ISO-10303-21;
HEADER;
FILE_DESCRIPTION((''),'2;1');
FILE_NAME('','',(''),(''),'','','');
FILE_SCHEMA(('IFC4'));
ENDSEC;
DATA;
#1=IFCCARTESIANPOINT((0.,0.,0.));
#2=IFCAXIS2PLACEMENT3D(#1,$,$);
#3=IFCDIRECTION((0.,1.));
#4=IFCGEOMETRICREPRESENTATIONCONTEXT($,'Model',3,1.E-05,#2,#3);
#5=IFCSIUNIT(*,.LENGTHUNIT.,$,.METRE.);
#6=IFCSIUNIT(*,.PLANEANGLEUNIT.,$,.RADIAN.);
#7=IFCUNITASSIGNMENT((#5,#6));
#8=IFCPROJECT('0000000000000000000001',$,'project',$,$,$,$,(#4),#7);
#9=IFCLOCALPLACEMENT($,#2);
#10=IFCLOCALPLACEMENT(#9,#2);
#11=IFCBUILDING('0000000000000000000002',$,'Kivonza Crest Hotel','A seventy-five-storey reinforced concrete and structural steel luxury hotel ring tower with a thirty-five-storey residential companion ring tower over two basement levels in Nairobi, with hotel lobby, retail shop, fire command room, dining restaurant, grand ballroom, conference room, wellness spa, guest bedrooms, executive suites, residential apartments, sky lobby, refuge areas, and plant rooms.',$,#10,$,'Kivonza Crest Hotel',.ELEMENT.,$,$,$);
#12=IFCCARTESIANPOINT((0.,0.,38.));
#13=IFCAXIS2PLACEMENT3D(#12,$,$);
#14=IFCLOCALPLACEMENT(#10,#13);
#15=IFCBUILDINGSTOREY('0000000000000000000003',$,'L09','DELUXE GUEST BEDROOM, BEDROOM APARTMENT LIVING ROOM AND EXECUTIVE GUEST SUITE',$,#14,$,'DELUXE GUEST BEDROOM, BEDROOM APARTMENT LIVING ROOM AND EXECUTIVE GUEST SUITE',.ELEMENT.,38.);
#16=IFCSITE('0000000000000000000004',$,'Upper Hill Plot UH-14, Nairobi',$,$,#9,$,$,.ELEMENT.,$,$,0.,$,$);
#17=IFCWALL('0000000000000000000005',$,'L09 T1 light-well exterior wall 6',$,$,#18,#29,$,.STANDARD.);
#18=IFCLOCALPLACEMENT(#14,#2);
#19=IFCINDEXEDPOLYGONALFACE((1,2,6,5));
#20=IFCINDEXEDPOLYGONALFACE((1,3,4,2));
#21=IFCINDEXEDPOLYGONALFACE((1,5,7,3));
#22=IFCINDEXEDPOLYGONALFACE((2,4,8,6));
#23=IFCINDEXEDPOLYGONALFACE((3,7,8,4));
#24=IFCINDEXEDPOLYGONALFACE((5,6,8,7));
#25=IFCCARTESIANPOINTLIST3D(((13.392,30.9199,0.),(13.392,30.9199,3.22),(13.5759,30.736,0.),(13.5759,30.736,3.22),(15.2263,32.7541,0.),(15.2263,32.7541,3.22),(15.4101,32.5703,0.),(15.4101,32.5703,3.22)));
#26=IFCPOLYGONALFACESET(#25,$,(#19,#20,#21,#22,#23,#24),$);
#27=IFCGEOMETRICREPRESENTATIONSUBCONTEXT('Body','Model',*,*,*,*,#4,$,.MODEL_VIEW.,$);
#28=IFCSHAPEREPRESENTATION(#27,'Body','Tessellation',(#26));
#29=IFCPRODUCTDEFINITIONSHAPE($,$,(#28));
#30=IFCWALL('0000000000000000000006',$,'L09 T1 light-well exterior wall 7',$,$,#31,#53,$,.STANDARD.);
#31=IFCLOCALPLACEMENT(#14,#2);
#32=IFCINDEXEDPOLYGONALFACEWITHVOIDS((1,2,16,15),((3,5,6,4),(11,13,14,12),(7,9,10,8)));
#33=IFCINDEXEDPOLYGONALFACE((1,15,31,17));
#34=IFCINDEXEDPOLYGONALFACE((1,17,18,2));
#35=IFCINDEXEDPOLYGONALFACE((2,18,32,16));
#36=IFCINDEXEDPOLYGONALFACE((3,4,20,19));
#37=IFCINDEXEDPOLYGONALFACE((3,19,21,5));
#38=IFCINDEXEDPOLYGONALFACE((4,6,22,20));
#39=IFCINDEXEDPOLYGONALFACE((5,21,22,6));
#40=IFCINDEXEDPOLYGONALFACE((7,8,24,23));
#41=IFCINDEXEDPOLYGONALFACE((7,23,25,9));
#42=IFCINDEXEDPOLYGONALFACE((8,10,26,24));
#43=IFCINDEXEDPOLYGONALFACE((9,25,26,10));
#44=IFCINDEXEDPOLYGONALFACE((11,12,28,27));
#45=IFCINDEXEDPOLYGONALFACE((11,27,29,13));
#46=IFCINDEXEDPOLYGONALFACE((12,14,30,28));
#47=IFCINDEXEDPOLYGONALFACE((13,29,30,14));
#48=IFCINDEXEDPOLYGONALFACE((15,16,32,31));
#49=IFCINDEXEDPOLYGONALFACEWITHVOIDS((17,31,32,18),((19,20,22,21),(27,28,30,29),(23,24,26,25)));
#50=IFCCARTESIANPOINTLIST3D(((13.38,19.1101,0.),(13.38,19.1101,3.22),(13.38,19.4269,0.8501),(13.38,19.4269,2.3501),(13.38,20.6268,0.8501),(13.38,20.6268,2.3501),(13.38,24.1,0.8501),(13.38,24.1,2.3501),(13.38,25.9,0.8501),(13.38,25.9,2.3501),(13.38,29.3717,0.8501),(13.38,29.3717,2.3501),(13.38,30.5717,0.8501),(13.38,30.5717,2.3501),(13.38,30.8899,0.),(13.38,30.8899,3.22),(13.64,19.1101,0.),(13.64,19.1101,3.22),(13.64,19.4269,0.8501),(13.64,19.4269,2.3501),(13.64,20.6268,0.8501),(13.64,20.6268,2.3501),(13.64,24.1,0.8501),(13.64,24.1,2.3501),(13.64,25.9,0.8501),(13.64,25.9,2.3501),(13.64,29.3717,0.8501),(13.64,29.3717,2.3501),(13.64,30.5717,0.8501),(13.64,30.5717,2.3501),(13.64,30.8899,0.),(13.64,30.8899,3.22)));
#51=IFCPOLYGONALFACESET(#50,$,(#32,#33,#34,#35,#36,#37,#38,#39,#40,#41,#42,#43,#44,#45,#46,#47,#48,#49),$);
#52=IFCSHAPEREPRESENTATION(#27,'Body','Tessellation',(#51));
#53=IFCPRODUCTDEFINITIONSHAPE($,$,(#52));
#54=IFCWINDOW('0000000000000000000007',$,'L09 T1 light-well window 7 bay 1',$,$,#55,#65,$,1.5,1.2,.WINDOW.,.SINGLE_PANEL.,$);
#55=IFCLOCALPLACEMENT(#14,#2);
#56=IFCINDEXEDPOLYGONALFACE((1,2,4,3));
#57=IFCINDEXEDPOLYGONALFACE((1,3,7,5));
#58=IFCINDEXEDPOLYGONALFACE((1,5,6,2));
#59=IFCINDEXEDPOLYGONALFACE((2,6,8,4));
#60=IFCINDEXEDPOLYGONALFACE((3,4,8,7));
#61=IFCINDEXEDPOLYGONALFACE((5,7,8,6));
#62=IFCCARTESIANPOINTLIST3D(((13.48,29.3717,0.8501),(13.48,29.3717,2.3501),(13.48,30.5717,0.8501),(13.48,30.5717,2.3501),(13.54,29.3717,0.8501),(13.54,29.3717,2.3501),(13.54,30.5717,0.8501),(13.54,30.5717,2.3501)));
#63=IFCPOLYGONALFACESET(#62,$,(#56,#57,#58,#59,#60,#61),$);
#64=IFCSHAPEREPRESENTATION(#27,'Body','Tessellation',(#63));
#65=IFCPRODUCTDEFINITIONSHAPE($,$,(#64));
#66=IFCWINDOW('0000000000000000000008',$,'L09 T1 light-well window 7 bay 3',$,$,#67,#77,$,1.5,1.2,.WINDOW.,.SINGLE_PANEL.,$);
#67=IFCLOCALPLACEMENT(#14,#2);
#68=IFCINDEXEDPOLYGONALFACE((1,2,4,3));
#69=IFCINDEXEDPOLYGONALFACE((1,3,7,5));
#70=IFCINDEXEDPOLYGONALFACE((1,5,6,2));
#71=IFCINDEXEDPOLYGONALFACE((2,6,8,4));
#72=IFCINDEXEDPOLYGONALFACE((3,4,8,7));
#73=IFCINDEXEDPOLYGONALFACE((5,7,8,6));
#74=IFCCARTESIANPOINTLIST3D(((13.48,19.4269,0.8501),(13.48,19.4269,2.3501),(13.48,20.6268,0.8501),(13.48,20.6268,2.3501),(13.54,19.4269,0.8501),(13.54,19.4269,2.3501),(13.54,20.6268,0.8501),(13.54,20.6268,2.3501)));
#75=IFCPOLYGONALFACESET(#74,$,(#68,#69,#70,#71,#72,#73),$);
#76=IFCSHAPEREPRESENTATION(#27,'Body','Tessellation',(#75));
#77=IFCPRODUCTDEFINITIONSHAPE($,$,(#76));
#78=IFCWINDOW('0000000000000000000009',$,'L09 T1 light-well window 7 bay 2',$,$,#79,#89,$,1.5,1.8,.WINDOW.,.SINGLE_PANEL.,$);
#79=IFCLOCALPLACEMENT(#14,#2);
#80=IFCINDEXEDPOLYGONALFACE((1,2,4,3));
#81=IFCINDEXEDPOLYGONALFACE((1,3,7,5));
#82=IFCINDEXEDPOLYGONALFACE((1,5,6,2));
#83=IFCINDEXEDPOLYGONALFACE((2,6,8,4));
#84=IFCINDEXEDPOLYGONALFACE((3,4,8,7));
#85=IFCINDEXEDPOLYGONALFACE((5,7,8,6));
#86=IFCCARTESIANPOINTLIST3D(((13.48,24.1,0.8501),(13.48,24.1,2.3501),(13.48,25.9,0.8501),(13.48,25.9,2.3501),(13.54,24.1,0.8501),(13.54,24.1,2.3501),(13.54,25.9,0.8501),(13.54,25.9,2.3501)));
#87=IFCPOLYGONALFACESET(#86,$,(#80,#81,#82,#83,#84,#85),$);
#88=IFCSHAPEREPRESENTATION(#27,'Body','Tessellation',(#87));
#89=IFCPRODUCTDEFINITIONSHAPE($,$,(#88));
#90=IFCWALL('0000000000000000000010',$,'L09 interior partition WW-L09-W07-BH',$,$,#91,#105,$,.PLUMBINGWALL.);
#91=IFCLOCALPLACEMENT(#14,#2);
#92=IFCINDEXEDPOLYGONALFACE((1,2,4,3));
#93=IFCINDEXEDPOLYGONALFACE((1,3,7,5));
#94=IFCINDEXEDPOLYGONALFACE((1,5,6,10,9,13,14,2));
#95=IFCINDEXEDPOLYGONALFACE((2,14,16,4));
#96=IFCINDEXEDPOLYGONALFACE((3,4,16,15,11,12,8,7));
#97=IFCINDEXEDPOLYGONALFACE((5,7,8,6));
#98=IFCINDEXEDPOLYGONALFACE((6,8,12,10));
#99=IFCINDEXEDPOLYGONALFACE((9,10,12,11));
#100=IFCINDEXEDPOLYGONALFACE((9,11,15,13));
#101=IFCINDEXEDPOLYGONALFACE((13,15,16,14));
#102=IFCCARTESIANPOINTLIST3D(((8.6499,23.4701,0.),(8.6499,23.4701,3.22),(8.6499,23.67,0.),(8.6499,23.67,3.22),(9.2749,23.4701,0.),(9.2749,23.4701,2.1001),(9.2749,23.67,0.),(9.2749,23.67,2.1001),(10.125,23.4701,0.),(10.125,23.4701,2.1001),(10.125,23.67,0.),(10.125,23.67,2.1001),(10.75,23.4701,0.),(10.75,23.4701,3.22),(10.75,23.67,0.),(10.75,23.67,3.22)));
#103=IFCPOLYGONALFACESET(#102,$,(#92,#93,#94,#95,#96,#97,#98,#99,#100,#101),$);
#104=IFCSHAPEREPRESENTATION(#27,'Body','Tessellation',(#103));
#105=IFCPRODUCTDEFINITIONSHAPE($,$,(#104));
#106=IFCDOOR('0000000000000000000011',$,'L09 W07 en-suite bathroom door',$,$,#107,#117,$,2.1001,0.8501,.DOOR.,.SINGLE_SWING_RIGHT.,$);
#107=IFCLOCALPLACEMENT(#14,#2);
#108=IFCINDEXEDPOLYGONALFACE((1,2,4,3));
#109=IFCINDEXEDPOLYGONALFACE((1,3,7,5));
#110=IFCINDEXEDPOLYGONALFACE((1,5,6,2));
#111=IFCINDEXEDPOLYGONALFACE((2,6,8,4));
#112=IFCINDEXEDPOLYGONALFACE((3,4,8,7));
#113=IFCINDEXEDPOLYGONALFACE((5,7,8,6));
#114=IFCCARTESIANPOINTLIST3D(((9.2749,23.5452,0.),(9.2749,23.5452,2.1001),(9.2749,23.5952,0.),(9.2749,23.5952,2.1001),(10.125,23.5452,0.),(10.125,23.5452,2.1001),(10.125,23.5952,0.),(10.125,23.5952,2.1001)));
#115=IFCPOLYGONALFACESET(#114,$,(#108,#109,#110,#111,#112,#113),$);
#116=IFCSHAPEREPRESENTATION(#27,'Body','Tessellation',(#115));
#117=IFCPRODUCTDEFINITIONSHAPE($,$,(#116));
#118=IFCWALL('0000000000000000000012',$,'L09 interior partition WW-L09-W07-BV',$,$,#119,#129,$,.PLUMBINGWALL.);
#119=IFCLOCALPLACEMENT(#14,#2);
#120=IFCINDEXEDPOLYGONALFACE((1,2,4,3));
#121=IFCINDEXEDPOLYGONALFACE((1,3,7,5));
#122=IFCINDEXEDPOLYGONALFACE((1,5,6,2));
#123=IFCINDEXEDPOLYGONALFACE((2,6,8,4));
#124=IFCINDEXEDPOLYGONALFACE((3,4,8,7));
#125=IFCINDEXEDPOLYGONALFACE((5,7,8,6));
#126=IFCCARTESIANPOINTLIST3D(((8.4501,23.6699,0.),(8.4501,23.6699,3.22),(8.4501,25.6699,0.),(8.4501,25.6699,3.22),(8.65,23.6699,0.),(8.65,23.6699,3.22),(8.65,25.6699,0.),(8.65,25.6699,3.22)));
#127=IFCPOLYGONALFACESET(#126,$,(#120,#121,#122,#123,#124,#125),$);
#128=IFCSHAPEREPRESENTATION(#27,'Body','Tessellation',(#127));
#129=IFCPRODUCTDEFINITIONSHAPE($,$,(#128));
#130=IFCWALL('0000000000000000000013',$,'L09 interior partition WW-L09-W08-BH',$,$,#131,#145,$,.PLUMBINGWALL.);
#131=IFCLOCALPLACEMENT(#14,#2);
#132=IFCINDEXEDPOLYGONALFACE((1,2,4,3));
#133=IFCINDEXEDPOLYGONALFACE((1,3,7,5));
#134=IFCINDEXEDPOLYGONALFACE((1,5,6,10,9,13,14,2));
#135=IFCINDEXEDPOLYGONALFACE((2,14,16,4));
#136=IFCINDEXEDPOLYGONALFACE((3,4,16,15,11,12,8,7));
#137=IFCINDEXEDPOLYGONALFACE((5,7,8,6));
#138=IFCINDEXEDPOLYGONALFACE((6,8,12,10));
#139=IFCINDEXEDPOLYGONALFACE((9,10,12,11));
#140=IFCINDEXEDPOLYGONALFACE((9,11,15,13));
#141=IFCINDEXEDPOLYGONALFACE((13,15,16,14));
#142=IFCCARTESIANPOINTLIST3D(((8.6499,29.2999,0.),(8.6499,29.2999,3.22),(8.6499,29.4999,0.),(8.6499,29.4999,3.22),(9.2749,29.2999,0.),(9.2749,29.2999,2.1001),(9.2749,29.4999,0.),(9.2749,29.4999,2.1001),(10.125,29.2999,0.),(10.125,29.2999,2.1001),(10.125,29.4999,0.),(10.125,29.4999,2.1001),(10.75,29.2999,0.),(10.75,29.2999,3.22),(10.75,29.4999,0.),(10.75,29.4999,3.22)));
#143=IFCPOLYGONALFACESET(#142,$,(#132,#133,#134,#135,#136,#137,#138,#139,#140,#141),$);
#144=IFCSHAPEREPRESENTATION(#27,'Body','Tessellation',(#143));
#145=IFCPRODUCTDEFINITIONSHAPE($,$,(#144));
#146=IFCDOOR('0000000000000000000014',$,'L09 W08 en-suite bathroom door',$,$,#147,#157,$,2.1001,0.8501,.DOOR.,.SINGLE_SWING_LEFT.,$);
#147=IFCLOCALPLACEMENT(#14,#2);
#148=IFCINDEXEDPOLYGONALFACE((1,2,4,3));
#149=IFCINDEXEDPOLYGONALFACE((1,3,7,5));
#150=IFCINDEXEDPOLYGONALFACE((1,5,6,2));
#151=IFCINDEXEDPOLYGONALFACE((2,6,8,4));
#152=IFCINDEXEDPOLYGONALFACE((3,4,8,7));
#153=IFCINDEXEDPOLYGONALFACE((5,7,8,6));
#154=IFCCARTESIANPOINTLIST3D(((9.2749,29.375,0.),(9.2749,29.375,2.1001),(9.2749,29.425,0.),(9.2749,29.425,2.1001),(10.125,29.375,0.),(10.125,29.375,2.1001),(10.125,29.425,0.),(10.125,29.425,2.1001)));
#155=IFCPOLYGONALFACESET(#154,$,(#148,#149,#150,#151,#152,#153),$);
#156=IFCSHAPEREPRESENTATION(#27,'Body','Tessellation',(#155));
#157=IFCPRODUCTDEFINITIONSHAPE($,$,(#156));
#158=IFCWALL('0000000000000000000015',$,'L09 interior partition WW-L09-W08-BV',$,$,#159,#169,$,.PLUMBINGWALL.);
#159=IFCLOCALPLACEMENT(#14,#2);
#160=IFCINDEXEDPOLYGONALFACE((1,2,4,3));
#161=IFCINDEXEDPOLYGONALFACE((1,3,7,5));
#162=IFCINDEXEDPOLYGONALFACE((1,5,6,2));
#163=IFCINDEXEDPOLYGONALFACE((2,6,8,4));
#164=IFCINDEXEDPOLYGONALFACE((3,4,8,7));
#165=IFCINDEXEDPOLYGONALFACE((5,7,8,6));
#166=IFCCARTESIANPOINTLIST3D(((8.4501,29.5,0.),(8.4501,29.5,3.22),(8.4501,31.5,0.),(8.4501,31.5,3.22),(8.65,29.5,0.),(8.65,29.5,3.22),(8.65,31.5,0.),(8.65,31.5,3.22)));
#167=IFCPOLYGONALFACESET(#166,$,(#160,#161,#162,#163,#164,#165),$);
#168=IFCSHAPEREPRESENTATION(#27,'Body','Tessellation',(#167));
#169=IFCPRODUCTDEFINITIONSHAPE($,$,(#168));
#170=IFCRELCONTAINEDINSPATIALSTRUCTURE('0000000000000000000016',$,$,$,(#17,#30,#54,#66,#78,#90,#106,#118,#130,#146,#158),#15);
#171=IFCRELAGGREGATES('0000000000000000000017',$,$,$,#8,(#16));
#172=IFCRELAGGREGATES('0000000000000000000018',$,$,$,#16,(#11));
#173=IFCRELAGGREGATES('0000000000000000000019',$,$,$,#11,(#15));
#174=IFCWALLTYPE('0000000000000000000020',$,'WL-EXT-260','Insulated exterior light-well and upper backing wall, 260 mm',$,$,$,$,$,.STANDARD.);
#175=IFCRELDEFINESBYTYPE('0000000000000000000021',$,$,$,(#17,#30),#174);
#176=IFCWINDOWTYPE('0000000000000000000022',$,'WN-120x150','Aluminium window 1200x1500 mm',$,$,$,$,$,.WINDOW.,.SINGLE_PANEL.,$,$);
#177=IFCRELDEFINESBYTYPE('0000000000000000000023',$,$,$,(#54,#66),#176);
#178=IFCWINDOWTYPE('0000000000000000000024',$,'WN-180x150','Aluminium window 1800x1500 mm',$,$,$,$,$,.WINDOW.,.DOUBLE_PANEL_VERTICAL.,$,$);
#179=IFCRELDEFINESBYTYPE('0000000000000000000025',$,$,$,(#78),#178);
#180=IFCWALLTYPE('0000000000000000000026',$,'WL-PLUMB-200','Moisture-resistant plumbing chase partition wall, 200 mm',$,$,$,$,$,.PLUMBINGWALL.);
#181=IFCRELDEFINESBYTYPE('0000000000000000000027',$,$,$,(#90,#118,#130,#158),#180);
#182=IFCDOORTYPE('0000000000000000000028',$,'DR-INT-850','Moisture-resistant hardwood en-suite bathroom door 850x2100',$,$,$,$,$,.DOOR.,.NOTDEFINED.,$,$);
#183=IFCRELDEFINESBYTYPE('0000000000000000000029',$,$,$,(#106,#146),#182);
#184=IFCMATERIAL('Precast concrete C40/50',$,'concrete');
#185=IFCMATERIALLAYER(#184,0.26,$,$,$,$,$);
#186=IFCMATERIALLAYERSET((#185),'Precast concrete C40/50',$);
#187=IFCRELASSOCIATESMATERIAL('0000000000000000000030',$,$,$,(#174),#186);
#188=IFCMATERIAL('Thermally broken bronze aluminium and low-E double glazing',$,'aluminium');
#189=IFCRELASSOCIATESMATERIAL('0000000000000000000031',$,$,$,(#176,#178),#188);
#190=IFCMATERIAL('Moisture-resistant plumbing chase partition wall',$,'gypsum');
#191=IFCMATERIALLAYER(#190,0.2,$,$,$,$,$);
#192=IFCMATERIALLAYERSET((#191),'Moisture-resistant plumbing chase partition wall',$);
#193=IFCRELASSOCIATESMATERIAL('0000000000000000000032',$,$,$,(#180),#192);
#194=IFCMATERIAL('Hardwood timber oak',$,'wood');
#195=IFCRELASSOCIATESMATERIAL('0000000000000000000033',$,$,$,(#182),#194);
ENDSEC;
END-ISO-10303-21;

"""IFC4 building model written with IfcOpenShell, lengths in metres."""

from ifc_helpers import new_model, si_unit, direction, frame, frame_2d, origin, place, context, subcontext, project, spatial, rectangle, extrude, material, layer, layer_set, type_object, element, fill, save


model = new_model("IFC4")

# Units and contexts
model_context = context("Model", 3, precision=1e-05, world=origin(), true_north=direction((0.0, 1.0)))
body_context = subcontext(model_context, "Body", "Model", "MODEL_VIEW")
ifc_project = project(units=[si_unit("LENGTHUNIT", "METRE"), si_unit("PLANEANGLEUNIT", "RADIAN")], contexts=[model_context])

# Site, building, storey
site_placement = place(None, origin())
site = spatial("IfcSite", under=ifc_project, at=site_placement, Name="Upper Hill Plot UH-14, Nairobi", CompositionType="ELEMENT", RefElevation=0.0)
building_placement = place(site_placement, origin())
building = spatial("IfcBuilding", under=site, at=building_placement, Name="Kivonza Crest Hotel", Description="A seventy-five-storey reinforced concrete and structural steel luxury hotel ring tower with a thirty-five-storey residential companion ring tower over two basement levels in Nairobi, with hotel lobby, retail shop, fire command room, dining restaurant, grand ballroom, conference room, wellness spa, guest bedrooms, executive suites, residential apartments, sky lobby, refuge areas, and plant rooms.", LongName="Kivonza Crest Hotel", CompositionType="ELEMENT")
storey_placement = place(building_placement, frame((0.0, 0.0, 38.0)))
storey = spatial("IfcBuildingStorey", under=building, at=storey_placement, Name="L09", Description="DELUXE GUEST BEDROOM, BEDROOM APARTMENT LIVING ROOM AND EXECUTIVE GUEST SUITE", LongName="DELUXE GUEST BEDROOM, BEDROOM APARTMENT LIVING ROOM AND EXECUTIVE GUEST SUITE", CompositionType="ELEMENT", Elevation=38.0)

# Shared definitions
ifc_material_1 = material(Name="Hardwood timber oak", Category="wood")

# Wall
ifc_material_2 = material(Name="Precast concrete C40/50", Category="concrete")
ifc_layer_1 = layer(ifc_material_2, 0.26)
ifc_layer_set_1 = layer_set([ifc_layer_1], Name="Precast concrete C40/50")
wall_type_1 = type_object("IfcWallType", Name="WL-EXT-260", Description="Insulated exterior light-well and upper backing wall, 260 mm", PredefinedType="STANDARD", material=ifc_layer_set_1)
wall_1_placement = place(storey_placement, frame((15.3181, 32.6621, 0.0), z_axis=(0.0, 0.0, 1.0), x_axis=(-0.707107, -0.707107, 0.0)))
element("IfcWall", 1, at=wall_1_placement, inside=storey, type_object=wall_type_1, Name="L09 T1 light-well exterior wall 6", PredefinedType="STANDARD", context=body_context, shape_type="SweptSolid", body=[
    extrude(rectangle(XDim=2.594, YDim=0.26, at=frame_2d((1.2969, 0.0))), origin(), (0.0, 0.0, 1.0), 3.22),
])

# Wall, openings, windows
wall_2_placement = place(storey_placement, frame((13.51, 30.8899, 0.0), z_axis=(0.0, 0.0, 1.0), x_axis=(0.0, -1.0, 0.0)))
wall_2 = element("IfcWall", 2, at=wall_2_placement, inside=storey, type_object=wall_type_1, Name="L09 T1 light-well exterior wall 7", PredefinedType="STANDARD", context=body_context, shape_type="SweptSolid", body=[
    extrude(rectangle(XDim=11.7798, YDim=0.26, at=frame_2d((5.8899, 0.0))), origin(), (0.0, 0.0, 1.0), 3.22),
])
opening_1_placement = place(wall_2_placement, frame((0.3181, 0.0, 0.8501)))
opening_1 = element("IfcOpeningElement", 3, at=opening_1_placement, cuts=wall_2, PredefinedType="OPENING", context=body_context, shape_type="SweptSolid", body=[
    extrude(rectangle(XDim=1.2, YDim=1.5, at=frame_2d((0.6001, 0.75))), frame((0.0, 0.1401, 0.0), z_axis=(0.0, -1.0, 0.0), x_axis=(1.0, 0.0, 0.0)), (0.0, 0.0, 1.0), 0.28),
])
opening_2_placement = place(wall_2_placement, frame((4.99, 0.0, 0.8501)))
opening_2 = element("IfcOpeningElement", 4, at=opening_2_placement, cuts=wall_2, PredefinedType="OPENING", context=body_context, shape_type="SweptSolid", body=[
    extrude(rectangle(XDim=1.8, YDim=1.5, at=frame_2d((0.8999, 0.75))), frame((0.0, 0.1401, 0.0), z_axis=(0.0, -1.0, 0.0), x_axis=(1.0, 0.0, 0.0)), (0.0, 0.0, 1.0), 0.28),
])
opening_3_placement = place(wall_2_placement, frame((10.2629, 0.0, 0.8501)))
opening_3 = element("IfcOpeningElement", 5, at=opening_3_placement, cuts=wall_2, PredefinedType="OPENING", context=body_context, shape_type="SweptSolid", body=[
    extrude(rectangle(XDim=1.2, YDim=1.5, at=frame_2d((0.6001, 0.75))), frame((0.0, 0.1401, 0.0), z_axis=(0.0, -1.0, 0.0), x_axis=(1.0, 0.0, 0.0)), (0.0, 0.0, 1.0), 0.28),
])
ifc_material_3 = material(Name="Thermally broken bronze aluminium and low-E double glazing", Category="aluminium")
window_type_1 = type_object("IfcWindowType", Name="WN-120x150", Description="Aluminium window 1200x1500 mm", PartitioningType="SINGLE_PANEL", PredefinedType="WINDOW", material=ifc_material_3)
window_1_placement = place(opening_1_placement, origin())
window_1 = element("IfcWindow", 6, at=window_1_placement, inside=storey, type_object=window_type_1, Name="L09 T1 light-well window 7 bay 1", OverallHeight=1.5, OverallWidth=1.2, PartitioningType="SINGLE_PANEL", PredefinedType="WINDOW", context=body_context, shape_type="SweptSolid", body=[
    extrude(rectangle(XDim=1.2, YDim=1.5, at=frame_2d((0.6001, 0.75))), frame((0.0, 0.03, 0.0), z_axis=(0.0, -1.0, 0.0), x_axis=(1.0, 0.0, 0.0)), (0.0, 0.0, 1.0), 0.0601),
])
fill(opening_1, window_1)
window_2_placement = place(opening_3_placement, origin())
window_2 = element("IfcWindow", 7, at=window_2_placement, inside=storey, type_object=window_type_1, Name="L09 T1 light-well window 7 bay 3", OverallHeight=1.5, OverallWidth=1.2, PartitioningType="SINGLE_PANEL", PredefinedType="WINDOW", context=body_context, shape_type="SweptSolid", body=[
    extrude(rectangle(XDim=1.2, YDim=1.5, at=frame_2d((0.6001, 0.75))), frame((0.0, 0.03, 0.0), z_axis=(0.0, -1.0, 0.0), x_axis=(1.0, 0.0, 0.0)), (0.0, 0.0, 1.0), 0.0601),
])
fill(opening_3, window_2)
window_type_2 = type_object("IfcWindowType", Name="WN-180x150", Description="Aluminium window 1800x1500 mm", PartitioningType="DOUBLE_PANEL_VERTICAL", PredefinedType="WINDOW", material=ifc_material_3)
window_3_placement = place(opening_2_placement, origin())
window_3 = element("IfcWindow", 8, at=window_3_placement, inside=storey, type_object=window_type_2, Name="L09 T1 light-well window 7 bay 2", OverallHeight=1.5, OverallWidth=1.8, PartitioningType="SINGLE_PANEL", PredefinedType="WINDOW", context=body_context, shape_type="SweptSolid", body=[
    extrude(rectangle(XDim=1.8, YDim=1.5, at=frame_2d((0.8999, 0.75))), frame((0.0, 0.03, 0.0), z_axis=(0.0, -1.0, 0.0), x_axis=(1.0, 0.0, 0.0)), (0.0, 0.0, 1.0), 0.0601),
])
fill(opening_2, window_3)

# Wall, opening, door
ifc_material_4 = material(Name="Moisture-resistant plumbing chase partition wall", Category="gypsum")
ifc_layer_2 = layer(ifc_material_4, 0.2)
ifc_layer_set_2 = layer_set([ifc_layer_2], Name="Moisture-resistant plumbing chase partition wall")
wall_type_2 = type_object("IfcWallType", Name="WL-PLUMB-200", Description="Moisture-resistant plumbing chase partition wall, 200 mm", PredefinedType="PLUMBINGWALL", material=ifc_layer_set_2)
wall_3_placement = place(storey_placement, frame((8.6499, 23.5701, 0.0), z_axis=(0.0, 0.0, 1.0), x_axis=(1.0, 0.0, 0.0)))
wall_3 = element("IfcWall", 9, at=wall_3_placement, inside=storey, type_object=wall_type_2, Name="L09 interior partition WW-L09-W07-BH", PredefinedType="PLUMBINGWALL", context=body_context, shape_type="SweptSolid", body=[
    extrude(rectangle(XDim=2.1001, YDim=0.2, at=frame_2d((1.05, 0.0))), origin(), (0.0, 0.0, 1.0), 3.22),
])
opening_4_placement = place(wall_3_placement, frame((0.625, 0.0, 0.0)))
opening_4 = element("IfcOpeningElement", 10, at=opening_4_placement, cuts=wall_3, PredefinedType="OPENING", context=body_context, shape_type="SweptSolid", body=[
    extrude(rectangle(XDim=0.8501, YDim=2.1001, at=frame_2d((0.425, 1.05))), frame((0.0, 0.1099, 0.0), z_axis=(0.0, -1.0, 0.0), x_axis=(1.0, 0.0, 0.0)), (0.0, 0.0, 1.0), 0.22),
])
door_type_1 = type_object("IfcDoorType", Name="DR-INT-850", Description="Moisture-resistant hardwood en-suite bathroom door 850x2100", OperationType="NOTDEFINED", PredefinedType="DOOR", material=ifc_material_1)
door_1_placement = place(opening_4_placement, frame((0.8501, 0.0, 0.0), z_axis=(0.0, 0.0, 1.0), x_axis=(-1.0, 0.0, 0.0)))
door_1 = element("IfcDoor", 11, at=door_1_placement, inside=storey, type_object=door_type_1, Name="L09 W07 en-suite bathroom door", OperationType="SINGLE_SWING_RIGHT", OverallHeight=2.1001, OverallWidth=0.8501, PredefinedType="DOOR", context=body_context, shape_type="SweptSolid", body=[
    extrude(rectangle(XDim=0.8501, YDim=2.1001, at=frame_2d((0.425, 1.05))), frame((0.0, 0.0249, 0.0), z_axis=(0.0, -1.0, 0.0), x_axis=(1.0, 0.0, 0.0)), (0.0, 0.0, 1.0), 0.05),
])
fill(opening_4, door_1)

# Wall
wall_4_placement = place(storey_placement, frame((8.55, 23.6699, 0.0), z_axis=(0.0, 0.0, 1.0), x_axis=(0.0, 1.0, 0.0)))
element("IfcWall", 12, at=wall_4_placement, inside=storey, type_object=wall_type_2, Name="L09 interior partition WW-L09-W07-BV", PredefinedType="PLUMBINGWALL", context=body_context, shape_type="SweptSolid", body=[
    extrude(rectangle(XDim=2.0, YDim=0.2, at=frame_2d((1.0, 0.0))), origin(), (0.0, 0.0, 1.0), 3.22),
])

# Wall, opening, door
wall_5_placement = place(storey_placement, frame((8.6499, 29.3999, 0.0), z_axis=(0.0, 0.0, 1.0), x_axis=(1.0, 0.0, 0.0)))
wall_5 = element("IfcWall", 13, at=wall_5_placement, inside=storey, type_object=wall_type_2, Name="L09 interior partition WW-L09-W08-BH", PredefinedType="PLUMBINGWALL", context=body_context, shape_type="SweptSolid", body=[
    extrude(rectangle(XDim=2.1001, YDim=0.2, at=frame_2d((1.05, 0.0))), origin(), (0.0, 0.0, 1.0), 3.22),
])
opening_5_placement = place(wall_5_placement, frame((0.625, 0.0, 0.0)))
opening_5 = element("IfcOpeningElement", 14, at=opening_5_placement, cuts=wall_5, PredefinedType="OPENING", context=body_context, shape_type="SweptSolid", body=[
    extrude(rectangle(XDim=0.8501, YDim=2.1001, at=frame_2d((0.425, 1.05))), frame((0.0, 0.1099, 0.0), z_axis=(0.0, -1.0, 0.0), x_axis=(1.0, 0.0, 0.0)), (0.0, 0.0, 1.0), 0.22),
])
door_2_placement = place(opening_5_placement, frame((0.8501, 0.0, 0.0), z_axis=(0.0, 0.0, 1.0), x_axis=(-1.0, 0.0, 0.0)))
door_2 = element("IfcDoor", 15, at=door_2_placement, inside=storey, type_object=door_type_1, Name="L09 W08 en-suite bathroom door", OperationType="SINGLE_SWING_LEFT", OverallHeight=2.1001, OverallWidth=0.8501, PredefinedType="DOOR", context=body_context, shape_type="SweptSolid", body=[
    extrude(rectangle(XDim=0.8501, YDim=2.1001, at=frame_2d((0.425, 1.05))), frame((0.0, 0.0249, 0.0), z_axis=(0.0, -1.0, 0.0), x_axis=(1.0, 0.0, 0.0)), (0.0, 0.0, 1.0), 0.05),
])
fill(opening_5, door_2)

# Wall
wall_6_placement = place(storey_placement, frame((8.55, 29.5, 0.0), z_axis=(0.0, 0.0, 1.0), x_axis=(0.0, 1.0, 0.0)))
element("IfcWall", 16, at=wall_6_placement, inside=storey, type_object=wall_type_2, Name="L09 interior partition WW-L09-W08-BV", PredefinedType="PLUMBINGWALL", context=body_context, shape_type="SweptSolid", body=[
    extrude(rectangle(XDim=2.0, YDim=0.2, at=frame_2d((1.0, 0.0))), origin(), (0.0, 0.0, 1.0), 3.22),
])

save(model, "model.ifc")
